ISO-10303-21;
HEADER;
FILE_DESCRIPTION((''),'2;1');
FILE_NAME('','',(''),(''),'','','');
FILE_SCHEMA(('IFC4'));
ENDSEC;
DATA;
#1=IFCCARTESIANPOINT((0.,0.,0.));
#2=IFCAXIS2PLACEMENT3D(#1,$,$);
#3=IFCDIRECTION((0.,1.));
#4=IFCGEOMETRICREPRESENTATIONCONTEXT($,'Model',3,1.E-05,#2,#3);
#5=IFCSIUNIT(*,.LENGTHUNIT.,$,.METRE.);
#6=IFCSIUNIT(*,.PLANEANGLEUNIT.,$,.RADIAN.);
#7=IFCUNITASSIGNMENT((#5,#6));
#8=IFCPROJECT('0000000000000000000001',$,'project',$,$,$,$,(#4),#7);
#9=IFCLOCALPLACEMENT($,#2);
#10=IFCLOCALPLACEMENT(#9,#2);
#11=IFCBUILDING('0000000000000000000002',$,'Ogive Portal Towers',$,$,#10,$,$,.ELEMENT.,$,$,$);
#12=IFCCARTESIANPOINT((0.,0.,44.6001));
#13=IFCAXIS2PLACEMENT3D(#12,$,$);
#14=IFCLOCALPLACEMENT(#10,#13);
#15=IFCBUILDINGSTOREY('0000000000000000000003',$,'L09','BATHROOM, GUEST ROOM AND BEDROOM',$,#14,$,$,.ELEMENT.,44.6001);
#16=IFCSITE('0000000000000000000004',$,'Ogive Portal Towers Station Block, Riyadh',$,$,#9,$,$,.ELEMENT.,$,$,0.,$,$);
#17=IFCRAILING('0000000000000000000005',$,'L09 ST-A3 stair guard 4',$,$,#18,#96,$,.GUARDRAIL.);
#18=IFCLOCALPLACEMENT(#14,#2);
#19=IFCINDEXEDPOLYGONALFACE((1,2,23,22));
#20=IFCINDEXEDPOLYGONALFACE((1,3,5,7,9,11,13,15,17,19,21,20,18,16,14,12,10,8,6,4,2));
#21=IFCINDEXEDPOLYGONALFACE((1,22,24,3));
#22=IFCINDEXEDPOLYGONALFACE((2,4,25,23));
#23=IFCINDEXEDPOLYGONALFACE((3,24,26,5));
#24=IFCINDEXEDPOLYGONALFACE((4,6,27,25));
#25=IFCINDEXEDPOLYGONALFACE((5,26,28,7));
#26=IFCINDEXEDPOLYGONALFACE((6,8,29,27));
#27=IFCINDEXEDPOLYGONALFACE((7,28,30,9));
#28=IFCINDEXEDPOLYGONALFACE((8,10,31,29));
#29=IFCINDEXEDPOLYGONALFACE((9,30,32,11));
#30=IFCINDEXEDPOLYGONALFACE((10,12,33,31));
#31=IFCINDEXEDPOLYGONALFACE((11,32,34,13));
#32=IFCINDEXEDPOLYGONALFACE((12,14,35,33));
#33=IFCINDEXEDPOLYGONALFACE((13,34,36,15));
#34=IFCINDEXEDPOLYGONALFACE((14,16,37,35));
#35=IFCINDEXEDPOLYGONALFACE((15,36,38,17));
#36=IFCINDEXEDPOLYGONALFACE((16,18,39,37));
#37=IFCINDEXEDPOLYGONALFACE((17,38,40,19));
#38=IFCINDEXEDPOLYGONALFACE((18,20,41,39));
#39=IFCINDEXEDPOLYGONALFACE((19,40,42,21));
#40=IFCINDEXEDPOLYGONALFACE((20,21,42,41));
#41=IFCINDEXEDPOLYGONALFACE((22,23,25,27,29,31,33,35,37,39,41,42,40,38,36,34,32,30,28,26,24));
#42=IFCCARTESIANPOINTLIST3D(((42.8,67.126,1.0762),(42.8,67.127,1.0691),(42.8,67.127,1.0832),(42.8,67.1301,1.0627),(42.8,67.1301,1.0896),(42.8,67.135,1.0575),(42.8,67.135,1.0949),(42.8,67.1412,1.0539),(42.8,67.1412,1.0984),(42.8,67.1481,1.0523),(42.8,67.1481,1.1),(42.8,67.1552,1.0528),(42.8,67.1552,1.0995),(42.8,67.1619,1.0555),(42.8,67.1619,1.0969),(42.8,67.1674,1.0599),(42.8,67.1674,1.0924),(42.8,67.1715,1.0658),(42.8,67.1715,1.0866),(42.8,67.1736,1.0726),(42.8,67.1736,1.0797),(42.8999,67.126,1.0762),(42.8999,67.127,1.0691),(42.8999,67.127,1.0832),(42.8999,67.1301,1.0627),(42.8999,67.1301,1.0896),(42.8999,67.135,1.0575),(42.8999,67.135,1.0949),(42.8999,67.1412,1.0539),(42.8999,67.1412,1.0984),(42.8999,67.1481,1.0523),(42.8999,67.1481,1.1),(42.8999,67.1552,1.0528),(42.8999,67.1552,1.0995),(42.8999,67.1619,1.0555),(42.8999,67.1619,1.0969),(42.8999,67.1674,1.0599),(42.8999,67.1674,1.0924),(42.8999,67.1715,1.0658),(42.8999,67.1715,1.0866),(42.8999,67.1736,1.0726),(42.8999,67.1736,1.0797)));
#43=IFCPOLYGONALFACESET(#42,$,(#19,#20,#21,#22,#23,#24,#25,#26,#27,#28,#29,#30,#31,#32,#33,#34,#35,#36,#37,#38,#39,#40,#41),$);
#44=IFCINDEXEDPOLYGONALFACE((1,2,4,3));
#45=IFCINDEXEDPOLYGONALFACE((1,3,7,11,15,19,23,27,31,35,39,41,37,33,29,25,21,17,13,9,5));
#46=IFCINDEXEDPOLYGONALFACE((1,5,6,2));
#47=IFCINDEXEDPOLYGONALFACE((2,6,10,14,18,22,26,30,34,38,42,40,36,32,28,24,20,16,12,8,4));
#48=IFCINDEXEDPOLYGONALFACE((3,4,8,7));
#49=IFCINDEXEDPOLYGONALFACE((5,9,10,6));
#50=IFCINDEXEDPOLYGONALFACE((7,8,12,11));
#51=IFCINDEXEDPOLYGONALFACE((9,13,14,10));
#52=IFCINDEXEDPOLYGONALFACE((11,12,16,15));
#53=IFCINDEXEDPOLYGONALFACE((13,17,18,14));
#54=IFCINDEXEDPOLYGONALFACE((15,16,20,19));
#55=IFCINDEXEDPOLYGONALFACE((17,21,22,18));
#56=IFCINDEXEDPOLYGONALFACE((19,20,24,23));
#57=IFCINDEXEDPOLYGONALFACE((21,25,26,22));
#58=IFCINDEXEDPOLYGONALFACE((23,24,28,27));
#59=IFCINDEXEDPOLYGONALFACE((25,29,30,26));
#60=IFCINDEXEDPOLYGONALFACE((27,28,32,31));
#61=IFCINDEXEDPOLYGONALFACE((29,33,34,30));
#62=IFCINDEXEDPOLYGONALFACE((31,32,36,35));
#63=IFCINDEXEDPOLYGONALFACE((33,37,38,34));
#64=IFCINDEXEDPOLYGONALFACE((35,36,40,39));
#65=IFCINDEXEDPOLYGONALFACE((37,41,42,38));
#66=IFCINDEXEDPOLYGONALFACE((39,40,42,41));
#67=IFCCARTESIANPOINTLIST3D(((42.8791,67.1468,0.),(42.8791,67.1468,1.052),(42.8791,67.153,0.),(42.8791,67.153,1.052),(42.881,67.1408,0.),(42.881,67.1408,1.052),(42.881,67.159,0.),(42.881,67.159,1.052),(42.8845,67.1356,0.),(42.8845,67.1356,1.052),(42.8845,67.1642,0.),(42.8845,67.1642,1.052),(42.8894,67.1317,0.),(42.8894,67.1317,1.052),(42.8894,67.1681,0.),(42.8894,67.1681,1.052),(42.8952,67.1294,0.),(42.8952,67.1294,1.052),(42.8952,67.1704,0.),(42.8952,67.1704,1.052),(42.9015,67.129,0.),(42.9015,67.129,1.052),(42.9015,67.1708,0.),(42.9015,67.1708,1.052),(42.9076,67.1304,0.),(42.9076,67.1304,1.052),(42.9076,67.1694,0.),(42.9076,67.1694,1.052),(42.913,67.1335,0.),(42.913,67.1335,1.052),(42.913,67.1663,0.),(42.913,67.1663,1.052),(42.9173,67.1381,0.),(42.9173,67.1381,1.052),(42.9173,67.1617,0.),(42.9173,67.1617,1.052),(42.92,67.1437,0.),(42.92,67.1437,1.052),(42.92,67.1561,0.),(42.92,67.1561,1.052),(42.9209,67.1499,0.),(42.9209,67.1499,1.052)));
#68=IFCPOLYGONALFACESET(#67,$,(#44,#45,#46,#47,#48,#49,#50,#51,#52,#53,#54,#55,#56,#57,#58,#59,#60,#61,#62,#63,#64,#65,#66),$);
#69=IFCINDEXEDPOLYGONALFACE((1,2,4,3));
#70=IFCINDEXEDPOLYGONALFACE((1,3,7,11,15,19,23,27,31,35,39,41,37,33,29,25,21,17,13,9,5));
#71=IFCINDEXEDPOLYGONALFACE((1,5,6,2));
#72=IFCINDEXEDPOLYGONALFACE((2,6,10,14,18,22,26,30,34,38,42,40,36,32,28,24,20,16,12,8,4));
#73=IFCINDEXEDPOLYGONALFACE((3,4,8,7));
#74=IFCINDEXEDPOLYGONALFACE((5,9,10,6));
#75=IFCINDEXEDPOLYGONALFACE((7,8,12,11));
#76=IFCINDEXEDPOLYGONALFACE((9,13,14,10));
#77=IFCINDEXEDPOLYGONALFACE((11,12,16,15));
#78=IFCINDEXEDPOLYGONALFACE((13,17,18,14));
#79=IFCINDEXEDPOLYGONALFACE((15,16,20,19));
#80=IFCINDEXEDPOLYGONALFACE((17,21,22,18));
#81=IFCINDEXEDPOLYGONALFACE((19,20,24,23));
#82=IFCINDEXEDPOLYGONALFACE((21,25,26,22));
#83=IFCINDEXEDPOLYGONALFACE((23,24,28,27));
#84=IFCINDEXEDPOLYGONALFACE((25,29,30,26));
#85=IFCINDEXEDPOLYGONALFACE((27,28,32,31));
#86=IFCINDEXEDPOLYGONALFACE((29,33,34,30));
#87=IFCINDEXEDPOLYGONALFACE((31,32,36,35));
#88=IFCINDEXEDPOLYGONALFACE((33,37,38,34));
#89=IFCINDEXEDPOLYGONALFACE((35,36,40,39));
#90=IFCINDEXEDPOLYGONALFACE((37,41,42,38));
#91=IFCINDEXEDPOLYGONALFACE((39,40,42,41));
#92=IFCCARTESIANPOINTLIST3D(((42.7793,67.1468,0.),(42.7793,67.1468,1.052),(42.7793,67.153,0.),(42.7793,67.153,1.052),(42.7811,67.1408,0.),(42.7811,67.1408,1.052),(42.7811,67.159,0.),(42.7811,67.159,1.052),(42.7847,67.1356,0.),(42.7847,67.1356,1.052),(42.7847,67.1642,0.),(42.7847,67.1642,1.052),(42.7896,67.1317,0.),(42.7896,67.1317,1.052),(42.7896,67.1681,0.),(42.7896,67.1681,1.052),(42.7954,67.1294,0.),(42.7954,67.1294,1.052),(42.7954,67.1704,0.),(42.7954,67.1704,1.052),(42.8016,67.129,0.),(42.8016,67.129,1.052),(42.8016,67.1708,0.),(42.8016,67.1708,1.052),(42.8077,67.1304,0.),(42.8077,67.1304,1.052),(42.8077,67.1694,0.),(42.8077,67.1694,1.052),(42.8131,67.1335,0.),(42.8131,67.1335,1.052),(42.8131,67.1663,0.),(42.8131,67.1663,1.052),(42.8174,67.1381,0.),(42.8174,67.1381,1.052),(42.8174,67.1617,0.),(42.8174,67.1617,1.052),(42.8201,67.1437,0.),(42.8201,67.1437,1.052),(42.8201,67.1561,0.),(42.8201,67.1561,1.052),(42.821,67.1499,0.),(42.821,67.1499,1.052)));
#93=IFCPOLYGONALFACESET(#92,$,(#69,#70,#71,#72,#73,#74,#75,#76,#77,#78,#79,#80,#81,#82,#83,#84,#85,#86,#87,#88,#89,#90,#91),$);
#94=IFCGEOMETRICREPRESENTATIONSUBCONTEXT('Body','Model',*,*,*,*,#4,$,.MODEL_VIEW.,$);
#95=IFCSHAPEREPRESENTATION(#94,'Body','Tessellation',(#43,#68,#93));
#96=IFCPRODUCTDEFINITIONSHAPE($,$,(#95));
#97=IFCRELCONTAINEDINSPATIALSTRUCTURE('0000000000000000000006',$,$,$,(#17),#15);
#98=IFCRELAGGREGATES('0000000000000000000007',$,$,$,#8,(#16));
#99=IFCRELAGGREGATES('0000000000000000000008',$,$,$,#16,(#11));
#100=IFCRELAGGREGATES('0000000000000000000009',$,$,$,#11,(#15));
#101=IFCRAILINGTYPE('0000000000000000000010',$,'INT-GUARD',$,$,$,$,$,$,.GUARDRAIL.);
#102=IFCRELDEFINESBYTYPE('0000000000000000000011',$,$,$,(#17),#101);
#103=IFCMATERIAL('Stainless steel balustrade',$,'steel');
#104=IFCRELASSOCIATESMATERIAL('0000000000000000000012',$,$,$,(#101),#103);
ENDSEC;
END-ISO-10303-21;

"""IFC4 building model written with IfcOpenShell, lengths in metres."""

from ifc_helpers import new_model, si_unit, direction, frame, origin, origin_2d, place, context, subcontext, project, spatial, circle, extrude, material, type_object, element, save


model = new_model("IFC4")

# Units and contexts
model_context = context("Model", 3, precision=1e-05, world=origin(), true_north=direction((0.0, 1.0)))
body_context = subcontext(model_context, "Body", "Model", "MODEL_VIEW")
ifc_project = project(units=[si_unit("LENGTHUNIT", "METRE"), si_unit("PLANEANGLEUNIT", "RADIAN")], contexts=[model_context])

# Site, building, storey
site_placement = place(None, origin())
site = spatial("IfcSite", under=ifc_project, at=site_placement, Name="Ogive Portal Towers Station Block, Riyadh", CompositionType="ELEMENT", RefElevation=0.0)
building_placement = place(site_placement, origin())
building = spatial("IfcBuilding", under=site, at=building_placement, Name="Ogive Portal Towers", CompositionType="ELEMENT")
storey_placement = place(building_placement, frame((0.0, 0.0, 44.6001)))
storey = spatial("IfcBuildingStorey", under=building, at=storey_placement, Name="L09", Description="BATHROOM, GUEST ROOM AND BEDROOM", CompositionType="ELEMENT", Elevation=44.6001)

# Railing
ifc_material_1 = material(Name="Stainless steel balustrade", Category="steel")
railing_type_1 = type_object("IfcRailingType", Name="INT-GUARD", PredefinedType="GUARDRAIL", material=ifc_material_1)
railing_1_placement = place(storey_placement, frame((42.8999, 67.1499, 0.0)))
element("IfcRailing", 1, at=railing_1_placement, inside=storey, type_object=railing_type_1, Name="L09 ST-A3 stair guard 4", PredefinedType="GUARDRAIL", context=body_context, shape_type="SweptSolid", body=[
    extrude(circle(Radius=0.0239, at=origin_2d()), frame((0.0, 0.0, 1.0762), z_axis=(-1.0, 0.0, 0.0), x_axis=(0.0, -1.0, 0.0)), (0.0, 0.0, 1.0), 0.0999),
    extrude(circle(Radius=0.021, at=origin_2d()), origin(), (0.0, 0.0, 1.0), 1.052),
    extrude(circle(Radius=0.021, at=origin_2d()), frame((-0.0999, 0.0, 0.0)), (0.0, 0.0, 1.0), 1.052),
])

save(model, "model.ifc")
